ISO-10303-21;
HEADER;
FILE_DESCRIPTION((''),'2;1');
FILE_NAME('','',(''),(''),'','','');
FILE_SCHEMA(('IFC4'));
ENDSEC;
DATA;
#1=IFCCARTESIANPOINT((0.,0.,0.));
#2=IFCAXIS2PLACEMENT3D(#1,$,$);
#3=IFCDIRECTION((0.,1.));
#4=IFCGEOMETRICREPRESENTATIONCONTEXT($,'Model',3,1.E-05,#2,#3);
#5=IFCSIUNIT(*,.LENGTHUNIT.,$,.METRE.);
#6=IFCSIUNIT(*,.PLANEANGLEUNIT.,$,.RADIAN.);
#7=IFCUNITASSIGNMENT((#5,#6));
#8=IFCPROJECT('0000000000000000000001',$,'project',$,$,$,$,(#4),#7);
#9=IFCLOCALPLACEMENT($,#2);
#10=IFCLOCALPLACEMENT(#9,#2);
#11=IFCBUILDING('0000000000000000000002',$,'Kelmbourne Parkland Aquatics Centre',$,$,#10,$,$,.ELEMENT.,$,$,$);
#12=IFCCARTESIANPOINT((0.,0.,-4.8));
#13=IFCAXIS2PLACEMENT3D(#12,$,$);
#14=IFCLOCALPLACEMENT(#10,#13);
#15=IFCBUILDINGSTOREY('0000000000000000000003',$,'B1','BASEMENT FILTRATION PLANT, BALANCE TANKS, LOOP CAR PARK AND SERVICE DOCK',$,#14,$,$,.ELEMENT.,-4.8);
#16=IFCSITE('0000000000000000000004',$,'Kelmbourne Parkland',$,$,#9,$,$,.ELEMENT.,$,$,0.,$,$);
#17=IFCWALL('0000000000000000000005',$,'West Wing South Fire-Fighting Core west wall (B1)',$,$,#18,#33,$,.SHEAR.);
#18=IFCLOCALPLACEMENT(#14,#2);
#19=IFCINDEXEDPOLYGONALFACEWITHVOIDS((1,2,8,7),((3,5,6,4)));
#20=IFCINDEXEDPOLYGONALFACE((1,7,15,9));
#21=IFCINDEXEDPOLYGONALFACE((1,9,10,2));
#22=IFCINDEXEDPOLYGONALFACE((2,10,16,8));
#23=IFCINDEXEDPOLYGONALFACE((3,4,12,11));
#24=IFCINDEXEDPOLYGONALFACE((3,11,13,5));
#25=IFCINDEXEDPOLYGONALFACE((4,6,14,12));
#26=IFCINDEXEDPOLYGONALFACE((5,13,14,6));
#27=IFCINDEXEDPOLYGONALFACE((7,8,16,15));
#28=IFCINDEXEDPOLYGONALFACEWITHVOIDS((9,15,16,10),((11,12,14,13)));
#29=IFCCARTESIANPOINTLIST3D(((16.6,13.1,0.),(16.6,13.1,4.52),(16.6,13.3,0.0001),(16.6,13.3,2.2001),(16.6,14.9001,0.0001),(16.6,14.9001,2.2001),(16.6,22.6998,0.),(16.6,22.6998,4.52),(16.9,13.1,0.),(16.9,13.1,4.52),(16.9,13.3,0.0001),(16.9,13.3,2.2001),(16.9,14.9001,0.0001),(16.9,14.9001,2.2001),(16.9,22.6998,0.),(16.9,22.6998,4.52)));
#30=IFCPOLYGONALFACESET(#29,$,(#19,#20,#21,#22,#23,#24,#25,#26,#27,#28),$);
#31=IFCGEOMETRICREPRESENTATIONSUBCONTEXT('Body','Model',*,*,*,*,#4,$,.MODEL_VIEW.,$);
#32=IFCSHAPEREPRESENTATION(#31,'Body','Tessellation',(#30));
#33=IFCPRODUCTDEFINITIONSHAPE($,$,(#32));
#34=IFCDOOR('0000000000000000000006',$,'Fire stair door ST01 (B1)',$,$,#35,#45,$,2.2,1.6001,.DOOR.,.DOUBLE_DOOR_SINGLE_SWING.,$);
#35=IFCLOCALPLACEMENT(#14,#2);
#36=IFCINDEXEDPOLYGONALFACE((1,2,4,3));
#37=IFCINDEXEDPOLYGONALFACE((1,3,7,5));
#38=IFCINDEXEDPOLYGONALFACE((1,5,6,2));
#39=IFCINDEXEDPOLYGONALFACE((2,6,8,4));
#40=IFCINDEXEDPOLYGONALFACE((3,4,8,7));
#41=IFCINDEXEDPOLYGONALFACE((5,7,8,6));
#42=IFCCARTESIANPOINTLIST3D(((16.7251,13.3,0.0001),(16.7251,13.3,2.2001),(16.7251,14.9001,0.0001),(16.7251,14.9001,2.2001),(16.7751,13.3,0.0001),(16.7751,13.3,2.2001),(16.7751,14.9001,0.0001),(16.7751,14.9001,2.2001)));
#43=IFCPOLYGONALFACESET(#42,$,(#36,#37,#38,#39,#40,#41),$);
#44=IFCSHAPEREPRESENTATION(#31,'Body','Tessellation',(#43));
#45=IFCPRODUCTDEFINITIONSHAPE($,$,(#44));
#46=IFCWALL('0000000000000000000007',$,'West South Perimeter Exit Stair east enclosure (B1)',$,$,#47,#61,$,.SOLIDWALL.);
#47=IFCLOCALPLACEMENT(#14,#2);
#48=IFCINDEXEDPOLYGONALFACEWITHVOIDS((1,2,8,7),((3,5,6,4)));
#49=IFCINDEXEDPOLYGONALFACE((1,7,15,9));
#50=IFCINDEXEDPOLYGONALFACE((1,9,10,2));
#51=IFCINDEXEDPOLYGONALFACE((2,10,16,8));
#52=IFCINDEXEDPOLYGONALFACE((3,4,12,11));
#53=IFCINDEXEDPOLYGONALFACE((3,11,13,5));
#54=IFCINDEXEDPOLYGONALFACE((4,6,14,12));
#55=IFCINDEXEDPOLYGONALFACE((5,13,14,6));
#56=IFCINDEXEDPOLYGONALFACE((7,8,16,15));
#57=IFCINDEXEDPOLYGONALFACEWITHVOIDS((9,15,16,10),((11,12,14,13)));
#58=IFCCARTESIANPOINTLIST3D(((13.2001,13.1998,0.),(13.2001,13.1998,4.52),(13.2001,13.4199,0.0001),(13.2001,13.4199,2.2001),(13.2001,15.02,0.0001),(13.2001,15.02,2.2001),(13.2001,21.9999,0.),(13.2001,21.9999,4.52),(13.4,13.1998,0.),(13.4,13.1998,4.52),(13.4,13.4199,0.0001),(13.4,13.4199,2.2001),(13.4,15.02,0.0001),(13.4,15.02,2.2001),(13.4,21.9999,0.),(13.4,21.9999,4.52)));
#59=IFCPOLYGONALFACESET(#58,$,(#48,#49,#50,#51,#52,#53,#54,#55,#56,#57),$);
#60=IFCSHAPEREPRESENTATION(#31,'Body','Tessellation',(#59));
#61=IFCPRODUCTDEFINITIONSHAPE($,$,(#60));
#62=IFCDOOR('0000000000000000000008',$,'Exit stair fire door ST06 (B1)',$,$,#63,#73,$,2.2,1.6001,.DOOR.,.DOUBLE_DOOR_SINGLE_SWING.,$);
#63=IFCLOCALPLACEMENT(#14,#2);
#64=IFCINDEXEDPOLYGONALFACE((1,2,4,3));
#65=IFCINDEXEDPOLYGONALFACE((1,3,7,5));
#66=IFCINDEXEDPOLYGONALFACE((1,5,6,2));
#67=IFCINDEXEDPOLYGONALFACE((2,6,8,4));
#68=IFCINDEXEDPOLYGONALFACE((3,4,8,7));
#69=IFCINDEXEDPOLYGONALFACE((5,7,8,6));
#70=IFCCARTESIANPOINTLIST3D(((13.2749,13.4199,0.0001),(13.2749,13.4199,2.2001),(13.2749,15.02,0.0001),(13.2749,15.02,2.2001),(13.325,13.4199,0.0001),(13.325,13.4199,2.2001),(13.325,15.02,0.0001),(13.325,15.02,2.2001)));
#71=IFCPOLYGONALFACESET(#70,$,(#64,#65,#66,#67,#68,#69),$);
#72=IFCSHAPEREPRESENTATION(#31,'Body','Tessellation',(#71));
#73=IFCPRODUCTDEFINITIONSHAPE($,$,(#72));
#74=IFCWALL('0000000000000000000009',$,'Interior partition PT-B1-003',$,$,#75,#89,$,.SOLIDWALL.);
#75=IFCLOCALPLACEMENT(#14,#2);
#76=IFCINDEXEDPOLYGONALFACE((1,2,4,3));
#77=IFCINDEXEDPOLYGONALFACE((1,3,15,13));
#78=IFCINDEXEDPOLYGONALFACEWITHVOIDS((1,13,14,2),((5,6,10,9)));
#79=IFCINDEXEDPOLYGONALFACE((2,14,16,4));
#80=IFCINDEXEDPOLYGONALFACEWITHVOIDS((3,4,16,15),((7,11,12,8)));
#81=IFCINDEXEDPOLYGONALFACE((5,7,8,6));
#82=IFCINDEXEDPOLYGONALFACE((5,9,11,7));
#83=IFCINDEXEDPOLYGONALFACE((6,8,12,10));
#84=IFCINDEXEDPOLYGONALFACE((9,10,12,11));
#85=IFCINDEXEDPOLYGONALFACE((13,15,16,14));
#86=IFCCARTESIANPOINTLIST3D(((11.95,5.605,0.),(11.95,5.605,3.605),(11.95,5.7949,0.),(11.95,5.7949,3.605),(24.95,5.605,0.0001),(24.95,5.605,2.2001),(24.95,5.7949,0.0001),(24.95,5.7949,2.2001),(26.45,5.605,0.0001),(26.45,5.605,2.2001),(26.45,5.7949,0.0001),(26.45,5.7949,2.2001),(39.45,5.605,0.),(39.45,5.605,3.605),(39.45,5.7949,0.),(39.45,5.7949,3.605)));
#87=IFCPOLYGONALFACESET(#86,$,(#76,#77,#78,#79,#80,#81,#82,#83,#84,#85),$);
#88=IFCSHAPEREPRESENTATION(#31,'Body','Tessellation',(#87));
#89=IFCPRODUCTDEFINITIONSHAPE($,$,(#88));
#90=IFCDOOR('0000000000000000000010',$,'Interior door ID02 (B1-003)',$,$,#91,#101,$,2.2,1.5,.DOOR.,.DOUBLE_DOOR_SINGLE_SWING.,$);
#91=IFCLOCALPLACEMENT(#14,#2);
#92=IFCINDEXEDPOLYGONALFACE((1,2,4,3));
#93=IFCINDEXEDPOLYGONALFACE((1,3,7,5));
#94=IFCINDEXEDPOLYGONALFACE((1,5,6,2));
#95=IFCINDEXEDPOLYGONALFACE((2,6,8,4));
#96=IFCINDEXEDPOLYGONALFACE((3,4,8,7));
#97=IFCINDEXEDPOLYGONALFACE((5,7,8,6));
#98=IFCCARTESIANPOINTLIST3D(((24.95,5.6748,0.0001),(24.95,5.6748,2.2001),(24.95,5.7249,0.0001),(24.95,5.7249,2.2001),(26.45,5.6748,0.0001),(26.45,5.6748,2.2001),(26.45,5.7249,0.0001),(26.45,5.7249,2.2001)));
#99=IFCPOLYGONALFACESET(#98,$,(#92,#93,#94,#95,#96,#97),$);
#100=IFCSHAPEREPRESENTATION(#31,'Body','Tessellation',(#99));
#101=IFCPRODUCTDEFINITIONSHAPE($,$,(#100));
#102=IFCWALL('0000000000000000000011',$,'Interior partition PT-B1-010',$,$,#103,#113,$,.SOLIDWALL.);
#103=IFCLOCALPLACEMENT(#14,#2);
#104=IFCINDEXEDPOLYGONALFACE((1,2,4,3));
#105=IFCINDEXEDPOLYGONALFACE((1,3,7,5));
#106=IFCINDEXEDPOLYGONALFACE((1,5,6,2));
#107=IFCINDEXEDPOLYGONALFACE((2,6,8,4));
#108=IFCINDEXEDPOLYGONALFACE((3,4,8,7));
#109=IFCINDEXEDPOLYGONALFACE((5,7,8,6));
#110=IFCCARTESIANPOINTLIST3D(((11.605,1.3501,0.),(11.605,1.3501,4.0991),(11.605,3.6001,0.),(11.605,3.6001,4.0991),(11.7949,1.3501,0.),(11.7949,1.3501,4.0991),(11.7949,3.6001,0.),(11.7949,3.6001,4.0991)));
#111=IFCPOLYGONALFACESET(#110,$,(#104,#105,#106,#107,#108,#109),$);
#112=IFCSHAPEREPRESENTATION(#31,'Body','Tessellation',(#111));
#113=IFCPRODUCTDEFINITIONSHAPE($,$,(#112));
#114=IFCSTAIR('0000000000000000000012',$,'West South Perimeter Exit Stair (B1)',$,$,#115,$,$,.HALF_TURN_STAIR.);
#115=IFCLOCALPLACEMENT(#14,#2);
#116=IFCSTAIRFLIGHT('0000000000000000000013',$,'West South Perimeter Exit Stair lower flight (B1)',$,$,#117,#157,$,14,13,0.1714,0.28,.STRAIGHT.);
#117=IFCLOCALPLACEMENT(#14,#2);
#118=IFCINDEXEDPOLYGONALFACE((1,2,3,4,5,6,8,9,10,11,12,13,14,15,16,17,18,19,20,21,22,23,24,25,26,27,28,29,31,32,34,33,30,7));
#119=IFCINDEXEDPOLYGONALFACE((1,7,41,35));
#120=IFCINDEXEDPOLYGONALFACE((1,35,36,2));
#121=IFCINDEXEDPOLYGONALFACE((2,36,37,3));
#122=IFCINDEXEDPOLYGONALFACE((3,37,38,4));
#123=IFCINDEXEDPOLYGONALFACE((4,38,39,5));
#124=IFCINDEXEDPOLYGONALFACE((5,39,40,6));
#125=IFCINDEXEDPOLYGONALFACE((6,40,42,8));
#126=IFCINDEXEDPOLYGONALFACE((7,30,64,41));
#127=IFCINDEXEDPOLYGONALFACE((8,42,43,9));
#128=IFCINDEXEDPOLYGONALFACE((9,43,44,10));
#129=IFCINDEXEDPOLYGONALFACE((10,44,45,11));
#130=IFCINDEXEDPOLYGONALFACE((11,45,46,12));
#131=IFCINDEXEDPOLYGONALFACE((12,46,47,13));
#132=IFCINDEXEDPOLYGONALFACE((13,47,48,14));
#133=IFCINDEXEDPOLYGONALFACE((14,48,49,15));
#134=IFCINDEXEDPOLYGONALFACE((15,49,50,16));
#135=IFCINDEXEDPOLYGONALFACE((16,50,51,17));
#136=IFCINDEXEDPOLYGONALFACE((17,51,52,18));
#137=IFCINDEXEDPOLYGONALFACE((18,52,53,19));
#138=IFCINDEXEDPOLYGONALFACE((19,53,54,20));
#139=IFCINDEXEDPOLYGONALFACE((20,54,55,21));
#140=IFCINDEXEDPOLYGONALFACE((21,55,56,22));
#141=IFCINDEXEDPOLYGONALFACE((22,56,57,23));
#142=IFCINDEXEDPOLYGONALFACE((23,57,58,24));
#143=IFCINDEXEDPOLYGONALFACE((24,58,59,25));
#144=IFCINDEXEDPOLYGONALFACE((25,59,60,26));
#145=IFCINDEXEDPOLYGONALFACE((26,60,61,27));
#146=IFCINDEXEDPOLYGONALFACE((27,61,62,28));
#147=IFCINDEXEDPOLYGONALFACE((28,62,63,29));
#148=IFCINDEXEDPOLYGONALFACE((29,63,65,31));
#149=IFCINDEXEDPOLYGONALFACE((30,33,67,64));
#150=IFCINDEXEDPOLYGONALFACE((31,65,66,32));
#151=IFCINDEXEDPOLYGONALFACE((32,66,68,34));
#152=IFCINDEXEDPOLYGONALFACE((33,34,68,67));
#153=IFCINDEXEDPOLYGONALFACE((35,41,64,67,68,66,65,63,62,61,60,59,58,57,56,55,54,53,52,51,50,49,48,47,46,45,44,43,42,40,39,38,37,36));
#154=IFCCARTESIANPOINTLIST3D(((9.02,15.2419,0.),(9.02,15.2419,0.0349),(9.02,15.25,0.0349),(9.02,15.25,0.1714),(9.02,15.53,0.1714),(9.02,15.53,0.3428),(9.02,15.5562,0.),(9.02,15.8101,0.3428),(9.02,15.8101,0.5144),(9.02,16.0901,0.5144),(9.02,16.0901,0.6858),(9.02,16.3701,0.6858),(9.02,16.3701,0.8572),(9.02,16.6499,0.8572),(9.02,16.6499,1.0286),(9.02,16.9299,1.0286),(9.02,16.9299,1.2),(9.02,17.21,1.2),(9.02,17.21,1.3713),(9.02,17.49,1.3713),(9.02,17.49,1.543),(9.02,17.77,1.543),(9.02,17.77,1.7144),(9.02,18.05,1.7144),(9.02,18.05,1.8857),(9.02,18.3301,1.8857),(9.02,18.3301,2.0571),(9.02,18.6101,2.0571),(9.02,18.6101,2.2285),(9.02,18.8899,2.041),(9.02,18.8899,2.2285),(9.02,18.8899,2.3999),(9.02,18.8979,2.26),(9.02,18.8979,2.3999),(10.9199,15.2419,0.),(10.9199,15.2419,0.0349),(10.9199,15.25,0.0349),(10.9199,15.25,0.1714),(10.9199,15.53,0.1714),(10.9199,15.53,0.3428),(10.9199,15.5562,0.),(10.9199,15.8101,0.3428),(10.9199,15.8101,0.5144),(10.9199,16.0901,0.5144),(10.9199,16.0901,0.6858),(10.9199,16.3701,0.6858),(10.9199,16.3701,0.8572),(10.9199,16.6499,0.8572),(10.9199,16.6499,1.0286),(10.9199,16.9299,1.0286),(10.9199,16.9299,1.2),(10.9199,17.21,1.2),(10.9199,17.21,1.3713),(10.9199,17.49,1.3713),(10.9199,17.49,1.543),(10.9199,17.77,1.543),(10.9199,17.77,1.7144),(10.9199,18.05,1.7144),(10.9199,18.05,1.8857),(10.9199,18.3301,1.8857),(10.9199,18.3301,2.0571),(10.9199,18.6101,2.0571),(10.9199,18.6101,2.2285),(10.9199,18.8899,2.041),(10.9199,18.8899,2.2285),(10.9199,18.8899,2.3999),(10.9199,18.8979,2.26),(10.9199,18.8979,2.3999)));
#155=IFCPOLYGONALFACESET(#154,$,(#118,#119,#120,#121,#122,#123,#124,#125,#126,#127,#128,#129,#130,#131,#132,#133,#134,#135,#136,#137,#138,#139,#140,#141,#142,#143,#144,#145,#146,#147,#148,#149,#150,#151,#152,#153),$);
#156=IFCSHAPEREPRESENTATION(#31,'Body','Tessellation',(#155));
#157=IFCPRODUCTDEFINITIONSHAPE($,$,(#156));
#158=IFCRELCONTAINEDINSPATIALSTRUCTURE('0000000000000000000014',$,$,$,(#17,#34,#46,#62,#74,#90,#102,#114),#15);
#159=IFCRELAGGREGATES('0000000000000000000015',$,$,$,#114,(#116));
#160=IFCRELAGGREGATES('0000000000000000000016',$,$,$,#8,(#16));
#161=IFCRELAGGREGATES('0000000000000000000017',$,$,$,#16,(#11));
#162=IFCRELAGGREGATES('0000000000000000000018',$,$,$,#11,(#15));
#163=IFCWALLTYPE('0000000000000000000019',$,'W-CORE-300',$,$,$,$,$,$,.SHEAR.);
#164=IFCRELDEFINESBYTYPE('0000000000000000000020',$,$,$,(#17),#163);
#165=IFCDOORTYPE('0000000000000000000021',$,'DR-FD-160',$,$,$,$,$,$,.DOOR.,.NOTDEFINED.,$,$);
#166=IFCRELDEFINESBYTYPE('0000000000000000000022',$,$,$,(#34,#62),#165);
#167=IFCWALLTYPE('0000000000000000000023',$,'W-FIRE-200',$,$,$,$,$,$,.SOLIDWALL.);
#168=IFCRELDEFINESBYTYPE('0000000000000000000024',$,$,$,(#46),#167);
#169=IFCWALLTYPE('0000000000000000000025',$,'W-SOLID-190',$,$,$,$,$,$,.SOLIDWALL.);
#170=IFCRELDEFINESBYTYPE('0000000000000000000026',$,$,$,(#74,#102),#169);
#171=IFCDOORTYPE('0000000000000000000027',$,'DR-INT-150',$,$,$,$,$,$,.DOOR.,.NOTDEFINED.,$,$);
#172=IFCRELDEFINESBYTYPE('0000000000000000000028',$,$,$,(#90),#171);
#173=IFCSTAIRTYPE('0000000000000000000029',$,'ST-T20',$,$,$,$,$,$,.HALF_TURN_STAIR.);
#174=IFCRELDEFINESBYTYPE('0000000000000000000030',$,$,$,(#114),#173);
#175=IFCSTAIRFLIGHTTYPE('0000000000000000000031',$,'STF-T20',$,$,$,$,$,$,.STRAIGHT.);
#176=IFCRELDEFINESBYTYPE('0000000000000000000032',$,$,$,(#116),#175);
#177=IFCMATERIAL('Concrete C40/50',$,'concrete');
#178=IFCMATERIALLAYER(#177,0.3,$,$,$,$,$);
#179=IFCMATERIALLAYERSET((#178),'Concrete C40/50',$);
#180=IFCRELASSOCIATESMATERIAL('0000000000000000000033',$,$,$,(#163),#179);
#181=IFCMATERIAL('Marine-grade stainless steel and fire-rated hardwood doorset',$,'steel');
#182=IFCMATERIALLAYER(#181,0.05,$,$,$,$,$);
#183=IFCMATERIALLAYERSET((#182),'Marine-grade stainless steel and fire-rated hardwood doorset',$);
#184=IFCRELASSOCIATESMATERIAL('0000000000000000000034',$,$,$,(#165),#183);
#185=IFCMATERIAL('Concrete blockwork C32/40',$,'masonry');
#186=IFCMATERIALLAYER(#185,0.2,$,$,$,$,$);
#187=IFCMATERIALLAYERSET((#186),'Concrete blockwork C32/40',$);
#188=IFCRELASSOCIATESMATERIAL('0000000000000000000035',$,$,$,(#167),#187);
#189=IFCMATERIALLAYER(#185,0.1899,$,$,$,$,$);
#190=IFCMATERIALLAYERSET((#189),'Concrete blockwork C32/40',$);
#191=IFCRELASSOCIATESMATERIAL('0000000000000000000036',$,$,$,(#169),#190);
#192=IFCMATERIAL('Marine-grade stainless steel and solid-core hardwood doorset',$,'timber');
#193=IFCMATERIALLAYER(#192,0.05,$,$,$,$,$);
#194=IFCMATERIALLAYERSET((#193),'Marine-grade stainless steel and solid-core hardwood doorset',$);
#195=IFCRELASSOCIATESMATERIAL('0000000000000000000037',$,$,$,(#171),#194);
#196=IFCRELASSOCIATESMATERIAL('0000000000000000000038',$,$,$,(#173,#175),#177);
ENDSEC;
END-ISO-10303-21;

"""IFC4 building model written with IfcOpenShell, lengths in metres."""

from ifc_helpers import new_model, si_unit, direction, frame, frame_2d, origin, place, context, subcontext, project, spatial, polyline, rectangle, outline, extrude, material, layer, layer_set, type_object, element, fill, aggregate, save


model = new_model("IFC4")

# Units and contexts
model_context = context("Model", 3, precision=1e-05, world=origin(), true_north=direction((0.0, 1.0)))
body_context = subcontext(model_context, "Body", "Model", "MODEL_VIEW")
ifc_project = project(units=[si_unit("LENGTHUNIT", "METRE"), si_unit("PLANEANGLEUNIT", "RADIAN")], contexts=[model_context])

# Site, building, storey
site_placement = place(None, origin())
site = spatial("IfcSite", under=ifc_project, at=site_placement, Name="Kelmbourne Parkland", CompositionType="ELEMENT", RefElevation=0.0)
building_placement = place(site_placement, origin())
building = spatial("IfcBuilding", under=site, at=building_placement, Name="Kelmbourne Parkland Aquatics Centre", CompositionType="ELEMENT")
storey_placement = place(building_placement, frame((0.0, 0.0, -4.8)))
storey = spatial("IfcBuildingStorey", under=building, at=storey_placement, Name="B1", Description="BASEMENT FILTRATION PLANT, BALANCE TANKS, LOOP CAR PARK AND SERVICE DOCK", CompositionType="ELEMENT", Elevation=-4.8)

# Shared definitions
ifc_material_1 = material(Name="Concrete C40/50", Category="concrete")

# Shared definitions
ifc_layer_1 = layer(ifc_material_1, 0.3)
ifc_layer_set_1 = layer_set([ifc_layer_1], Name="Concrete C40/50")
wall_type_1 = type_object("IfcWallType", Name="W-CORE-300", PredefinedType="SHEAR", material=ifc_layer_set_1)

# Walls, openings, doors
wall_1_placement = place(storey_placement, frame((16.75, 13.1001, 0.0), z_axis=(0.0, 0.0, 1.0), x_axis=(0.0, 1.0, 0.0)))
wall_1 = element("IfcWall", 1, at=wall_1_placement, inside=storey, type_object=wall_type_1, Name="West Wing South Fire-Fighting Core west wall (B1)", PredefinedType="SHEAR", context=body_context, shape_type="SweptSolid", body=[
    extrude(rectangle(XDim=9.5999, YDim=0.3, at=frame_2d((4.7998, 0.0))), origin(), (0.0, 0.0, 1.0), 4.52),
])
opening_1_placement = place(wall_1_placement, frame((0.2, 0.0, 0.0)))
opening_1 = element("IfcOpeningElement", 2, at=opening_1_placement, cuts=wall_1, PredefinedType="OPENING", context=body_context, shape_type="SweptSolid", body=[
    extrude(rectangle(XDim=1.6001, YDim=2.2, at=frame_2d((0.8, 1.1001))), frame((0.0, 0.1621, 0.0), z_axis=(0.0, -1.0, 0.0), x_axis=(1.0, 0.0, 0.0)), (0.0, 0.0, 1.0), 0.324),
])
ifc_material_2 = material(Name="Marine-grade stainless steel and fire-rated hardwood doorset", Category="steel")
ifc_layer_2 = layer(ifc_material_2, 0.05)
ifc_layer_set_2 = layer_set([ifc_layer_2], Name="Marine-grade stainless steel and fire-rated hardwood doorset")
door_type_1 = type_object("IfcDoorType", Name="DR-FD-160", OperationType="NOTDEFINED", PredefinedType="DOOR", material=ifc_layer_set_2)
door_1_placement = place(opening_1_placement, origin())
door_1 = element("IfcDoor", 3, at=door_1_placement, inside=storey, type_object=door_type_1, Name="Fire stair door ST01 (B1)", OperationType="DOUBLE_DOOR_SINGLE_SWING", OverallHeight=2.2, OverallWidth=1.6001, PredefinedType="DOOR", context=body_context, shape_type="SweptSolid", body=[
    extrude(rectangle(XDim=1.6001, YDim=2.2, at=frame_2d((0.8, 1.1001))), frame((0.0, 0.0249, 0.0), z_axis=(0.0, -1.0, 0.0), x_axis=(1.0, 0.0, 0.0)), (0.0, 0.0, 1.0), 0.05),
])
fill(opening_1, door_1)
ifc_material_3 = material(Name="Concrete blockwork C32/40", Category="masonry")
ifc_layer_3 = layer(ifc_material_3, 0.2)
ifc_layer_set_3 = layer_set([ifc_layer_3], Name="Concrete blockwork C32/40")
wall_type_2 = type_object("IfcWallType", Name="W-FIRE-200", PredefinedType="SOLIDWALL", material=ifc_layer_set_3)
wall_2_placement = place(storey_placement, frame((13.3, 13.2, 0.0), z_axis=(0.0, 0.0, 1.0), x_axis=(0.0, 1.0, 0.0)))
wall_2 = element("IfcWall", 4, at=wall_2_placement, inside=storey, type_object=wall_type_2, Name="West South Perimeter Exit Stair east enclosure (B1)", PredefinedType="SOLIDWALL", context=body_context, shape_type="SweptSolid", body=[
    extrude(rectangle(XDim=8.8, YDim=0.2, at=frame_2d((4.3999, 0.0))), origin(), (0.0, 0.0, 1.0), 4.52),
])
opening_2_placement = place(wall_2_placement, frame((0.22, 0.0, 0.0)))
opening_2 = element("IfcOpeningElement", 5, at=opening_2_placement, cuts=wall_2, PredefinedType="OPENING", context=body_context, shape_type="SweptSolid", body=[
    extrude(rectangle(XDim=1.6001, YDim=2.2, at=frame_2d((0.8, 1.1001))), frame((0.0, 0.1118, 0.0), z_axis=(0.0, -1.0, 0.0), x_axis=(1.0, 0.0, 0.0)), (0.0, 0.0, 1.0), 0.2239),
])
door_2_placement = place(opening_2_placement, frame((1.6001, 0.0, 0.0), z_axis=(0.0, 0.0, 1.0), x_axis=(-1.0, 0.0, 0.0)))
door_2 = element("IfcDoor", 6, at=door_2_placement, inside=storey, type_object=door_type_1, Name="Exit stair fire door ST06 (B1)", OperationType="DOUBLE_DOOR_SINGLE_SWING", OverallHeight=2.2, OverallWidth=1.6001, PredefinedType="DOOR", context=body_context, shape_type="SweptSolid", body=[
    extrude(rectangle(XDim=1.6001, YDim=2.2, at=frame_2d((0.8, 1.1001))), frame((0.0, 0.0249, 0.0), z_axis=(0.0, -1.0, 0.0), x_axis=(1.0, 0.0, 0.0)), (0.0, 0.0, 1.0), 0.05),
])
fill(opening_2, door_2)
ifc_layer_4 = layer(ifc_material_3, 0.1899)
ifc_layer_set_4 = layer_set([ifc_layer_4], Name="Concrete blockwork C32/40")
wall_type_3 = type_object("IfcWallType", Name="W-SOLID-190", PredefinedType="SOLIDWALL", material=ifc_layer_set_4)
wall_3_placement = place(storey_placement, frame((11.95, 5.7, 0.0), z_axis=(0.0, 0.0, 1.0), x_axis=(1.0, 0.0, 0.0)))
wall_3 = element("IfcWall", 7, at=wall_3_placement, inside=storey, type_object=wall_type_3, Name="Interior partition PT-B1-003", PredefinedType="SOLIDWALL", context=body_context, shape_type="SweptSolid", body=[
    extrude(rectangle(XDim=27.5, YDim=0.1899, at=frame_2d((13.75, 0.0))), origin(), (0.0, 0.0, 1.0), 3.605),
])
opening_3_placement = place(wall_3_placement, frame((13.0, 0.0, 0.0)))
opening_3 = element("IfcOpeningElement", 8, at=opening_3_placement, cuts=wall_3, PredefinedType="OPENING", context=body_context, shape_type="SweptSolid", body=[
    extrude(rectangle(XDim=1.5, YDim=2.2, at=frame_2d((0.75, 1.1001))), frame((0.0, 0.1069, 0.0), z_axis=(0.0, -1.0, 0.0), x_axis=(1.0, 0.0, 0.0)), (0.0, 0.0, 1.0), 0.2139),
])
ifc_material_4 = material(Name="Marine-grade stainless steel and solid-core hardwood doorset", Category="timber")
ifc_layer_5 = layer(ifc_material_4, 0.05)
ifc_layer_set_5 = layer_set([ifc_layer_5], Name="Marine-grade stainless steel and solid-core hardwood doorset")
door_type_2 = type_object("IfcDoorType", Name="DR-INT-150", OperationType="NOTDEFINED", PredefinedType="DOOR", material=ifc_layer_set_5)
door_3_placement = place(opening_3_placement, origin())
door_3 = element("IfcDoor", 9, at=door_3_placement, inside=storey, type_object=door_type_2, Name="Interior door ID02 (B1-003)", OperationType="DOUBLE_DOOR_SINGLE_SWING", OverallHeight=2.2, OverallWidth=1.5, PredefinedType="DOOR", context=body_context, shape_type="SweptSolid", body=[
    extrude(rectangle(XDim=1.5, YDim=2.2, at=frame_2d((0.75, 1.1001))), frame((0.0, 0.0249, 0.0), z_axis=(0.0, -1.0, 0.0), x_axis=(1.0, 0.0, 0.0)), (0.0, 0.0, 1.0), 0.05),
])
fill(opening_3, door_3)

# Wall
wall_4_placement = place(storey_placement, frame((11.7, 1.3501, 0.0), z_axis=(0.0, 0.0, 1.0), x_axis=(0.0, 1.0, 0.0)))
element("IfcWall", 10, at=wall_4_placement, inside=storey, type_object=wall_type_3, Name="Interior partition PT-B1-010", PredefinedType="SOLIDWALL", context=body_context, shape_type="SweptSolid", body=[
    extrude(rectangle(XDim=2.25, YDim=0.1899, at=frame_2d((1.125, 0.0))), origin(), (0.0, 0.0, 1.0), 4.0991),
])

# Stair, stair flight
stair_type = type_object("IfcStairType", Name="ST-T20", PredefinedType="HALF_TURN_STAIR", material=ifc_material_1)
stair_placement = place(storey_placement, origin())
stair = element("IfcStair", 11, at=stair_placement, inside=storey, type_object=stair_type, Name="West South Perimeter Exit Stair (B1)", PredefinedType="HALF_TURN_STAIR")
stair_flight_type = type_object("IfcStairFlightType", Name="STF-T20", PredefinedType="STRAIGHT", material=ifc_material_1)
stair_flight_placement = place(storey_placement, frame((9.97, 15.25, 0.0), z_axis=(0.0, 0.0, 1.0), x_axis=(0.0, 1.0, 0.0)))
stair_flight = element("IfcStairFlight", 12, at=stair_flight_placement, type_object=stair_flight_type, Name="West South Perimeter Exit Stair lower flight (B1)", NumberOfRisers=14, NumberOfTreads=13, PredefinedType="STRAIGHT", RiserHeight=0.1714, TreadLength=0.28, context=body_context, shape_type="SweptSolid", body=[
    extrude(outline(polyline([(-0.0081, 0.0), (-0.0081, 0.0349), (0.0, 0.0349), (0.0, 0.1714), (0.28, 0.1714), (0.28, 0.3428), (0.5601, 0.3428), (0.5601, 0.5144), (0.8401, 0.5144), (0.8401, 0.6858), (1.1201, 0.6858), (1.1201, 0.8572), (1.3999, 0.8572), (1.3999, 1.0286), (1.6799, 1.0286), (1.6799, 1.2), (1.96, 1.2), (1.96, 1.3713), (2.24, 1.3713), (2.24, 1.543), (2.52, 1.543), (2.52, 1.7144), (2.8, 1.7144), (2.8, 1.8857), (3.0801, 1.8857), (3.0801, 2.0571), (3.3601, 2.0571), (3.3601, 2.2285), (3.6399, 2.2285), (3.6399, 2.3999), (3.6479, 2.3999), (3.6479, 2.26), (3.6399, 2.041), (0.3062, 0.0), (-0.0081, 0.0)])), frame((0.0, 0.95, 0.0), z_axis=(0.0, -1.0, 0.0), x_axis=(1.0, 0.0, 0.0)), (0.0, 0.0, 1.0), 1.8999),
])
aggregate(stair, [stair_flight])

save(model, "model.ifc")
